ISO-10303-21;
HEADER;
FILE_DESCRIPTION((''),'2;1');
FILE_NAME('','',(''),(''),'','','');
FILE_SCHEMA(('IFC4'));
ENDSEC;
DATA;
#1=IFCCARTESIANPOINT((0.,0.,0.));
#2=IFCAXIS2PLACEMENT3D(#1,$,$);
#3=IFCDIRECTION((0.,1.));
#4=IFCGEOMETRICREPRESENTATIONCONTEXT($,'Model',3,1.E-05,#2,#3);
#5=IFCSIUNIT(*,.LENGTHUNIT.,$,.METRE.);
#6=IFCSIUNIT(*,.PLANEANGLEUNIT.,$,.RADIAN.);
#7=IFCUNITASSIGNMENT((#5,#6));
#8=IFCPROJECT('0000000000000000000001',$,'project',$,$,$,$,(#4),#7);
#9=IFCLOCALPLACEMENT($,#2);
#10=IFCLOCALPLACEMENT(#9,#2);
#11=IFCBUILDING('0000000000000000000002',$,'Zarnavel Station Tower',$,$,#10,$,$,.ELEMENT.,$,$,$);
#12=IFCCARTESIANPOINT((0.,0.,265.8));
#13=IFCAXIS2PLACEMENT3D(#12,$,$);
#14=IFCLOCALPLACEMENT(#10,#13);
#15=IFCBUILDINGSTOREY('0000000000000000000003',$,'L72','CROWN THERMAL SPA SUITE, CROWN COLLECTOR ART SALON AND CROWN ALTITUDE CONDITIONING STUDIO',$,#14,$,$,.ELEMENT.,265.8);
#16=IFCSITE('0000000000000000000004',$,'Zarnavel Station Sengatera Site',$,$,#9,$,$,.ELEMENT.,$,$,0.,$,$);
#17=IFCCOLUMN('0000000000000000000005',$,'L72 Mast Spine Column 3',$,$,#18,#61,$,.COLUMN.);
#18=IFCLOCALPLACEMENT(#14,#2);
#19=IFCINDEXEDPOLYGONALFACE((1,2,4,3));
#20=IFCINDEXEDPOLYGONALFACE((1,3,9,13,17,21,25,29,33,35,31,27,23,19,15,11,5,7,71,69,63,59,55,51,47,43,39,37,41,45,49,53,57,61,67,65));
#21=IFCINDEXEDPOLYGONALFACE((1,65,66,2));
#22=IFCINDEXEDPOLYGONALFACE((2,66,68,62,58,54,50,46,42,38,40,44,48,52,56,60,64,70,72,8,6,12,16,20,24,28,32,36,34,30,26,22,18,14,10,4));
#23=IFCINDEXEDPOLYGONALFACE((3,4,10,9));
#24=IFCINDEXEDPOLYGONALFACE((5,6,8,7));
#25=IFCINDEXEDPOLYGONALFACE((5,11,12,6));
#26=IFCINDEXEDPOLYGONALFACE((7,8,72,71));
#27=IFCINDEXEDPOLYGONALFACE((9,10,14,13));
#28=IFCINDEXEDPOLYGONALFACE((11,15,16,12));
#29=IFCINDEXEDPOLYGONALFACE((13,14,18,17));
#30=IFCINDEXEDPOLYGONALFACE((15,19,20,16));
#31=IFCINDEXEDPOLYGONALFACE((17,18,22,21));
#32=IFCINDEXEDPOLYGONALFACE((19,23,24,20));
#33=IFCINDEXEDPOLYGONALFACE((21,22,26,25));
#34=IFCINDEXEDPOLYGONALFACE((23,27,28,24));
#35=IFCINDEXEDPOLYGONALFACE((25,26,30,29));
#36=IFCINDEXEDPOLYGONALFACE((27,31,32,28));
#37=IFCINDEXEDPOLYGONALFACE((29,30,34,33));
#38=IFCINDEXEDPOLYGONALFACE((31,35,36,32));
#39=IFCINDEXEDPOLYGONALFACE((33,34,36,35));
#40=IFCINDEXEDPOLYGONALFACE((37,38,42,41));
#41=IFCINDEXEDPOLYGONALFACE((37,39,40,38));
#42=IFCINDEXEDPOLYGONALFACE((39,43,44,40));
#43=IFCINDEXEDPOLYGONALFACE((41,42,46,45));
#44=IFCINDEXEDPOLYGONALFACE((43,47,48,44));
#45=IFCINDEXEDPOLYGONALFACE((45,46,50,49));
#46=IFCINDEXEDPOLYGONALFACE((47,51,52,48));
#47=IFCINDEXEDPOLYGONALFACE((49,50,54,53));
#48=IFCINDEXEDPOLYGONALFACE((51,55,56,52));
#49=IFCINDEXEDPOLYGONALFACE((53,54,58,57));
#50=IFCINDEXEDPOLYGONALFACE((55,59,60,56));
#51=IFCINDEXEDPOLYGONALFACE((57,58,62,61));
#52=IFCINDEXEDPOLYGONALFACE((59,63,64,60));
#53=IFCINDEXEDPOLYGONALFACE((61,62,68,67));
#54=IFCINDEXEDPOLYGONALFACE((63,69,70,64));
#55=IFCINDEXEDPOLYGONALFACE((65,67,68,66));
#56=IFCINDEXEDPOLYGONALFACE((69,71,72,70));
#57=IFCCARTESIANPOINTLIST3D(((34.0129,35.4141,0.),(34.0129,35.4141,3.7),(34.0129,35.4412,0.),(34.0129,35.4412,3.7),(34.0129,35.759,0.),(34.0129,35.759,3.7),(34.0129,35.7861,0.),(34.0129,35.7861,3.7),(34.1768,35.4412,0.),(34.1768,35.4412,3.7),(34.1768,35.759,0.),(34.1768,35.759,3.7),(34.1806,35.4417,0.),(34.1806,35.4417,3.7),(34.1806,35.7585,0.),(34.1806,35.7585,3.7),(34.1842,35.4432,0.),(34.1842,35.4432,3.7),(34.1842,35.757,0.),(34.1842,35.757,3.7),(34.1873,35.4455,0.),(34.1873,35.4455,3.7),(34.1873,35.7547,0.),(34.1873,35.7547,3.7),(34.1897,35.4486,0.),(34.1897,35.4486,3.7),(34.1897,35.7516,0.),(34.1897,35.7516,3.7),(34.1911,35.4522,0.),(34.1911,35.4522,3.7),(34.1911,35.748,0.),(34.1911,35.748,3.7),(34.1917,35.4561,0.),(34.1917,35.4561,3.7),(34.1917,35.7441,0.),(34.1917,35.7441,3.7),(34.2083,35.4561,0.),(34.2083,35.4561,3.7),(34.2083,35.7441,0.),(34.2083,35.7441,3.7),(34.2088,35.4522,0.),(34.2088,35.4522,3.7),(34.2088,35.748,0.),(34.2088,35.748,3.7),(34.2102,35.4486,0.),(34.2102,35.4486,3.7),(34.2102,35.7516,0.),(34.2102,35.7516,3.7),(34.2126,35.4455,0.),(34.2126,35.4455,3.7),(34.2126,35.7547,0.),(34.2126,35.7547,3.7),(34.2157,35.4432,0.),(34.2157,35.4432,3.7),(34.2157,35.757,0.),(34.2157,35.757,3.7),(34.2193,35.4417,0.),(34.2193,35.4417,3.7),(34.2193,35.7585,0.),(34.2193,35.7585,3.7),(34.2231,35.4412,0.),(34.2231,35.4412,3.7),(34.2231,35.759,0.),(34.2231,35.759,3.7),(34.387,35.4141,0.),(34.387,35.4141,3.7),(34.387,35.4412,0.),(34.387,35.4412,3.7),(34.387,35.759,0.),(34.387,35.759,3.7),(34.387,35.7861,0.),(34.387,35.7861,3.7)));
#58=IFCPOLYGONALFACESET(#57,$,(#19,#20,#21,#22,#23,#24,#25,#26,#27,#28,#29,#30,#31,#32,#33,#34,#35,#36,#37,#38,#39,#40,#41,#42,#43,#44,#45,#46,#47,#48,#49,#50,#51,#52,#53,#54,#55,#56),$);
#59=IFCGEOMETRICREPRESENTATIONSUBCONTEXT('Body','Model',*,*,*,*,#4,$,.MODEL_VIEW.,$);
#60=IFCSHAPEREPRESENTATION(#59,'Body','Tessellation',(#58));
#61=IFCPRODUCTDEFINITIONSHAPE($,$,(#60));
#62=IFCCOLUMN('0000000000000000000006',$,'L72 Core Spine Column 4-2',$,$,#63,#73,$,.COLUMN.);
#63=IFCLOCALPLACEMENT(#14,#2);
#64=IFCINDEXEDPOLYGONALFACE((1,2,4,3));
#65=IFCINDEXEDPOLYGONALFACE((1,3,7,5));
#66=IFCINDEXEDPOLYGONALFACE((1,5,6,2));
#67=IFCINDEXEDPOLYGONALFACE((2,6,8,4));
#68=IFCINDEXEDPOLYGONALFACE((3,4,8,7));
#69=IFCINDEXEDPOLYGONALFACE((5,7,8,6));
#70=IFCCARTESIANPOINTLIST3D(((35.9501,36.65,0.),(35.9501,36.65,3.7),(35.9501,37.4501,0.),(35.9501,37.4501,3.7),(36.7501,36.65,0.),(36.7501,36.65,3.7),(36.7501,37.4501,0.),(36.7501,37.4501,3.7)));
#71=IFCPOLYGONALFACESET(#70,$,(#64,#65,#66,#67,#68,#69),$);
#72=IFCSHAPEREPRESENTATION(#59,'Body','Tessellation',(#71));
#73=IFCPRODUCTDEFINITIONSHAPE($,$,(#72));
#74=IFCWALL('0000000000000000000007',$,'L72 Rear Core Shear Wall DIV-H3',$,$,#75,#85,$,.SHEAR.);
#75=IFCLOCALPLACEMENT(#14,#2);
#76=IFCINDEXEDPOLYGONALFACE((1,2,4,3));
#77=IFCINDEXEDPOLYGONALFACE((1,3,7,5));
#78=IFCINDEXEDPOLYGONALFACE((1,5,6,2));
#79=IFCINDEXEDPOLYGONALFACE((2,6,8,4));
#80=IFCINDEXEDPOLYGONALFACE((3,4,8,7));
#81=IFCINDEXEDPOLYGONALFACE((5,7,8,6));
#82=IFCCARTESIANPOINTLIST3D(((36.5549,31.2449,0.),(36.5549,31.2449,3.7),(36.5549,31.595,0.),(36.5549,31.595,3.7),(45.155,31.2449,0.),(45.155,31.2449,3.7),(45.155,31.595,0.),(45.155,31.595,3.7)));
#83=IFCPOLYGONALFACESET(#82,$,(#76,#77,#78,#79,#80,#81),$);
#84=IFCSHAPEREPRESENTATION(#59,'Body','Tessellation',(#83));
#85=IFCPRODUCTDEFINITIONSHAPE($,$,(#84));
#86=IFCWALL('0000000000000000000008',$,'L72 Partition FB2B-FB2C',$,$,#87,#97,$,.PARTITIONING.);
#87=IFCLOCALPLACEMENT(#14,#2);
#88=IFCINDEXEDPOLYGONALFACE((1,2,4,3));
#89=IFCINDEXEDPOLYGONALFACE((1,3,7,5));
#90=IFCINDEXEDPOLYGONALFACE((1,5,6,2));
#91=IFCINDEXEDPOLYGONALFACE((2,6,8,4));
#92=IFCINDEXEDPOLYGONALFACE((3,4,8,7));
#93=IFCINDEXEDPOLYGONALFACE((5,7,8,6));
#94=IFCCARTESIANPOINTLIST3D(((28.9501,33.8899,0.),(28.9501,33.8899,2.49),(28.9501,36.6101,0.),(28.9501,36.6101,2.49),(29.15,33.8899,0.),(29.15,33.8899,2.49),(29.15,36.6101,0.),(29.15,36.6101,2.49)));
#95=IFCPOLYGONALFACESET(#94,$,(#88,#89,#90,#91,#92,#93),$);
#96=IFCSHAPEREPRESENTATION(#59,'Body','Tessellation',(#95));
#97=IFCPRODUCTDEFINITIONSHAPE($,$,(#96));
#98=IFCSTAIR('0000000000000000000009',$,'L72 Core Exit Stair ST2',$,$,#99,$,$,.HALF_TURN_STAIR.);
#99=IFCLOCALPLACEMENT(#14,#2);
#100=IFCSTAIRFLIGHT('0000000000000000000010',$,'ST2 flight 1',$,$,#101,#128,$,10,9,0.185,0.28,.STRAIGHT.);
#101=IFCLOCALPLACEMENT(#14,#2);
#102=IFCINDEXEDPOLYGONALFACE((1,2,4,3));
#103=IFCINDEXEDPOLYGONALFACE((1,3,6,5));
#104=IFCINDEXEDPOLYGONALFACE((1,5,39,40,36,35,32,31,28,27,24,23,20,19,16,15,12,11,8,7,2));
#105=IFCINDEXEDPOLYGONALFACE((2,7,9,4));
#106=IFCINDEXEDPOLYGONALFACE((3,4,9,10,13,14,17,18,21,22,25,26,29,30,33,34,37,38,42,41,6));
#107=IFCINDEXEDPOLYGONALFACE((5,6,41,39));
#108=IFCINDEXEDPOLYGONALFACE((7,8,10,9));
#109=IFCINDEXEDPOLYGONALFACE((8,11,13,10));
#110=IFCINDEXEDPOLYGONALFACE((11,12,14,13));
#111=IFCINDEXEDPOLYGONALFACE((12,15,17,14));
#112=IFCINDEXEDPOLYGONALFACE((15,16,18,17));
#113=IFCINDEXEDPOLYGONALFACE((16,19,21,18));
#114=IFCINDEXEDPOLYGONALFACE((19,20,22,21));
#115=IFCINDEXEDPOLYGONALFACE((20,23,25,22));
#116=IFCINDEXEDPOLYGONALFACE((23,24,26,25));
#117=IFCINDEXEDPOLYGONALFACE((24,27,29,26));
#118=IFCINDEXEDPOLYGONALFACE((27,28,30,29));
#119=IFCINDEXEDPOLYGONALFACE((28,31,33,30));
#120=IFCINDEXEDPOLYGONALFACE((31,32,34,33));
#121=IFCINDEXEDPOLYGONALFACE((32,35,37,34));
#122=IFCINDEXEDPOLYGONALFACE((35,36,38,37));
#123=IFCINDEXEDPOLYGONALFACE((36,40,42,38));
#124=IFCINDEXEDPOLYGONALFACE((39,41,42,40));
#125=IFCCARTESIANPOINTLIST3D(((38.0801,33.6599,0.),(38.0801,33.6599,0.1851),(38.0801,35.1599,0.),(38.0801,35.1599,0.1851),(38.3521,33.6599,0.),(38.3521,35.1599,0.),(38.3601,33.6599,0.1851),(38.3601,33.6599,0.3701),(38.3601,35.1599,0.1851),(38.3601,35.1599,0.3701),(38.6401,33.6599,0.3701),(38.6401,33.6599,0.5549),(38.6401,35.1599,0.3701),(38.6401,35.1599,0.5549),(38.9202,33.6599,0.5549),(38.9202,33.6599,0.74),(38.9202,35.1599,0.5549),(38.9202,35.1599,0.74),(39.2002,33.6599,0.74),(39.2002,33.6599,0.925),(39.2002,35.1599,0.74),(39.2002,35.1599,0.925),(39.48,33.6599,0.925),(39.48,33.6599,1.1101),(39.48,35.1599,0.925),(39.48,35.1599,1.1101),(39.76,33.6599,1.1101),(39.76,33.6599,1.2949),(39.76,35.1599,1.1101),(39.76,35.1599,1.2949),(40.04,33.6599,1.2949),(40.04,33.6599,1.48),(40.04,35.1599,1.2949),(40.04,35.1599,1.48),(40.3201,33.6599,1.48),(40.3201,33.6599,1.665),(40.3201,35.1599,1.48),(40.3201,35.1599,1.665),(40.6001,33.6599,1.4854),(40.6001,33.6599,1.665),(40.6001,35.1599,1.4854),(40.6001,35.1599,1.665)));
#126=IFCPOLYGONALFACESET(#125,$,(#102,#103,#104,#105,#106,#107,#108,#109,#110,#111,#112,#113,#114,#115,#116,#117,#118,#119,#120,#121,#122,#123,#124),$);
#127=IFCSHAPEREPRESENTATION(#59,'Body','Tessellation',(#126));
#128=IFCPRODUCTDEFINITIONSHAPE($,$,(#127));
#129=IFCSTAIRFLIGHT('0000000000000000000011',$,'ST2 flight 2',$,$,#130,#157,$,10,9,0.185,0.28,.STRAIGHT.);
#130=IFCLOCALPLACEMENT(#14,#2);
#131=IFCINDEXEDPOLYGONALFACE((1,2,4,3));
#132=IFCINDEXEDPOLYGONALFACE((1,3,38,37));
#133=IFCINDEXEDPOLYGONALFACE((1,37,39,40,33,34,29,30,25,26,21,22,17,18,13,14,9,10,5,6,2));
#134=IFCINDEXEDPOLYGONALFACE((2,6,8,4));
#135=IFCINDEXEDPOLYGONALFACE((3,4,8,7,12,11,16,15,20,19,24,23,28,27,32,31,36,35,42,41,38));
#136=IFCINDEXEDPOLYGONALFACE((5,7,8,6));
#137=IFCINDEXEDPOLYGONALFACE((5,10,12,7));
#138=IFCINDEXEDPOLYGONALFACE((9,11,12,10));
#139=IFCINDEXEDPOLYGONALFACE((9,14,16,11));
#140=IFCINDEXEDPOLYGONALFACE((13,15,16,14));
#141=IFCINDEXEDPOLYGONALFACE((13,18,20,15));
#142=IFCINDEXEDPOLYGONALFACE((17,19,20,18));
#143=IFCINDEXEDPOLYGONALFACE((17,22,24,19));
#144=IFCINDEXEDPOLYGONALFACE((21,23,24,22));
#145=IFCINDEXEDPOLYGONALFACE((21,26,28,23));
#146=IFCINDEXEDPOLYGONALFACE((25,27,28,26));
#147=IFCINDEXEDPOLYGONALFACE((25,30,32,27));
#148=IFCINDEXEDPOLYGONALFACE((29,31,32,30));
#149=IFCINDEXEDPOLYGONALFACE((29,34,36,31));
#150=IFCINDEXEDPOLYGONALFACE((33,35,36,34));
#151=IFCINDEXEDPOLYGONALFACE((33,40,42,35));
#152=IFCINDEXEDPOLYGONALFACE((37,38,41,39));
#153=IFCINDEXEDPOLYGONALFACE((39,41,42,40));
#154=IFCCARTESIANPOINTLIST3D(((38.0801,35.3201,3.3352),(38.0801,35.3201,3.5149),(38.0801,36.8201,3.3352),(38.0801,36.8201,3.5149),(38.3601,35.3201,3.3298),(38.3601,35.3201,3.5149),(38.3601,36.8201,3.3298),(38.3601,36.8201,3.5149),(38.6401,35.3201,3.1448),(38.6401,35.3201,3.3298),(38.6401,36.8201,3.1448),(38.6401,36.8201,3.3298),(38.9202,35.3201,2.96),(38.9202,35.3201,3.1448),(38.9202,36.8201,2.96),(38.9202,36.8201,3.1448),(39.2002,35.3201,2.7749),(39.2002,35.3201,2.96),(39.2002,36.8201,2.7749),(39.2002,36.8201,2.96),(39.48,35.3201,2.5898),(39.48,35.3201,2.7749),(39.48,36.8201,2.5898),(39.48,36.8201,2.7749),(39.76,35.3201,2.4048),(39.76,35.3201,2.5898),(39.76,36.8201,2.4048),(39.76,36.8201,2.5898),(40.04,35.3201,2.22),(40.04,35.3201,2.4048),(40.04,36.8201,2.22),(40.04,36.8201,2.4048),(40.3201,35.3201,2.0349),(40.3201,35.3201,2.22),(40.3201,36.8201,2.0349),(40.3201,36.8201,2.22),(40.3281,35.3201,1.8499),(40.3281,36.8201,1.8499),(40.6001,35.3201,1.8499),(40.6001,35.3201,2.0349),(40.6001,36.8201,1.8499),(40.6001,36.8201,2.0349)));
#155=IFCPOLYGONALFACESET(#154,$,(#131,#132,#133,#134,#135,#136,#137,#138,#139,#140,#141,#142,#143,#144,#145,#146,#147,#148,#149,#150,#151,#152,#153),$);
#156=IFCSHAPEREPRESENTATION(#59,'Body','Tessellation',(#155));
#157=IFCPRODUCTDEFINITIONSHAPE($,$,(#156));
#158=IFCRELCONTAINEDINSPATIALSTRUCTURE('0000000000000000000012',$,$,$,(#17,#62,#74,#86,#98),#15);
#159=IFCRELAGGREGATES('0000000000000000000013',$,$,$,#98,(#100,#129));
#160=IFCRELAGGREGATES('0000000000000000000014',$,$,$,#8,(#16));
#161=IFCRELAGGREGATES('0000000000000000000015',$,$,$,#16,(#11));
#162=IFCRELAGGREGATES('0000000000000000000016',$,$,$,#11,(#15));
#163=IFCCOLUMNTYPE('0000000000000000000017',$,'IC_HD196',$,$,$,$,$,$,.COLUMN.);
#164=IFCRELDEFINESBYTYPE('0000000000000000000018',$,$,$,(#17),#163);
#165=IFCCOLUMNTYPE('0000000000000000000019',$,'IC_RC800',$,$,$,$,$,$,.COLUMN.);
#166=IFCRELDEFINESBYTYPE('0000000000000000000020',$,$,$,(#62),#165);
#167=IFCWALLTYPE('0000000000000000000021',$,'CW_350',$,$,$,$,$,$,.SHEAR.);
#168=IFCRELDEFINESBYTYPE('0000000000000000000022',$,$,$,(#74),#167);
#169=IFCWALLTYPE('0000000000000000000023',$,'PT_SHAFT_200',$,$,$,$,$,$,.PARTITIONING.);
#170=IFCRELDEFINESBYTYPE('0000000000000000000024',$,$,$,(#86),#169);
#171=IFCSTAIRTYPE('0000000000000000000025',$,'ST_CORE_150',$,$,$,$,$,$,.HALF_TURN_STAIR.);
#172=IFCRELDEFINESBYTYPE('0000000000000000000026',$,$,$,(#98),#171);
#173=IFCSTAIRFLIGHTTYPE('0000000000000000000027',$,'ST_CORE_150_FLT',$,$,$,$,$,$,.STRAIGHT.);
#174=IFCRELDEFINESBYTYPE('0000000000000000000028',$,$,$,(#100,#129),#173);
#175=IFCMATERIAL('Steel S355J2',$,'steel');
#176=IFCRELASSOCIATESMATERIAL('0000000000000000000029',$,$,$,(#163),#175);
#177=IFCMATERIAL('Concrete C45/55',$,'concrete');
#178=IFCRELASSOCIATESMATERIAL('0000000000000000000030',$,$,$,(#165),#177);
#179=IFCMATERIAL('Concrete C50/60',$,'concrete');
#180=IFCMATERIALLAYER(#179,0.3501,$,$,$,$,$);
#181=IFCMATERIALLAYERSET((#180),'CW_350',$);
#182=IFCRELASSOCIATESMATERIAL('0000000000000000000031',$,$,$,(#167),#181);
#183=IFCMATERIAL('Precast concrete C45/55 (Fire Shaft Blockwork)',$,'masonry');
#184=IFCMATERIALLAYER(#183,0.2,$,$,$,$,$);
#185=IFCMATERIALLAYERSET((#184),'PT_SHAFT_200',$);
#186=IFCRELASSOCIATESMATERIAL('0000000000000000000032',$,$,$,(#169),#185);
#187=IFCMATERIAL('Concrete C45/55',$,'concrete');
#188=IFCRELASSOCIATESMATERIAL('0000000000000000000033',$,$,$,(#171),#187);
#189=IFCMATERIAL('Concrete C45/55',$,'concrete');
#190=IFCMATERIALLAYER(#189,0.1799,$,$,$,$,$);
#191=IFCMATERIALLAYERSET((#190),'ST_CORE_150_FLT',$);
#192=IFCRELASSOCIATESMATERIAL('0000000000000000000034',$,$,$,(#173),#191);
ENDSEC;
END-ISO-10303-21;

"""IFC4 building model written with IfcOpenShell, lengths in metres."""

from ifc_helpers import new_model, si_unit, direction, frame, frame_2d, origin, origin_2d, place, context, subcontext, project, spatial, polyline, rectangle, i_section, outline, extrude, material, layer, layer_set, material_profile, profile_set, type_object, element, aggregate, save


model = new_model("IFC4")

# Units and contexts
model_context = context("Model", 3, precision=1e-05, world=origin(), true_north=direction((0.0, 1.0)))
body_context = subcontext(model_context, "Body", "Model", "MODEL_VIEW")
ifc_project = project(units=[si_unit("LENGTHUNIT", "METRE"), si_unit("PLANEANGLEUNIT", "RADIAN")], contexts=[model_context])

# Site, building, storey
site_placement = place(None, origin())
site = spatial("IfcSite", under=ifc_project, at=site_placement, Name="Zarnavel Station Sengatera Site", CompositionType="ELEMENT", RefElevation=0.0)
building_placement = place(site_placement, origin())
building = spatial("IfcBuilding", under=site, at=building_placement, Name="Zarnavel Station Tower", CompositionType="ELEMENT")
storey_placement = place(building_placement, frame((0.0, 0.0, 265.8)))
storey = spatial("IfcBuildingStorey", under=building, at=storey_placement, Name="L72", Description="CROWN THERMAL SPA SUITE, CROWN COLLECTOR ART SALON AND CROWN ALTITUDE CONDITIONING STUDIO", CompositionType="ELEMENT", Elevation=265.8)

# Columns
ifc_material_1 = material(Name="Steel S355J2", Category="steel")
ifc_material_profile_1 = material_profile(ifc_material_1, i_section(OverallWidth=0.374, OverallDepth=0.3721, WebThickness=0.0166, FlangeThickness=0.0271, FilletRadius=0.0149, at=origin_2d()), Name="HD360x196")
ifc_profile_set_1 = profile_set([ifc_material_profile_1], Name="Steel S355J2")
column_type_1 = type_object("IfcColumnType", Name="IC_HD196", PredefinedType="COLUMN", material=ifc_profile_set_1)
column_1_placement = place(storey_placement, frame((34.2, 35.6001, 0.0), z_axis=(0.0, 0.0, 1.0), x_axis=(1.0, 0.0, 0.0)))
element("IfcColumn", 1, at=column_1_placement, inside=storey, type_object=column_type_1, Name="L72 Mast Spine Column 3", PredefinedType="COLUMN", context=body_context, shape_type="SweptSolid", body=[
    extrude(i_section(OverallWidth=0.374, OverallDepth=0.3721, WebThickness=0.0166, FlangeThickness=0.0271, FilletRadius=0.0149, at=origin_2d()), origin(), (0.0, 0.0, 1.0), 3.7),
])
ifc_material_2 = material(Name="Concrete C45/55", Category="concrete")
ifc_material_profile_2 = material_profile(ifc_material_2, rectangle(XDim=0.8, YDim=0.8, at=origin_2d()), Name="RC800x800")
ifc_profile_set_2 = profile_set([ifc_material_profile_2], Name="Concrete C45/55")
column_type_2 = type_object("IfcColumnType", Name="IC_RC800", PredefinedType="COLUMN", material=ifc_profile_set_2)
column_2_placement = place(storey_placement, frame((36.3501, 37.05, 0.0), z_axis=(0.0, 0.0, 1.0), x_axis=(1.0, 0.0, 0.0)))
element("IfcColumn", 2, at=column_2_placement, inside=storey, type_object=column_type_2, Name="L72 Core Spine Column 4-2", PredefinedType="COLUMN", context=body_context, shape_type="SweptSolid", body=[
    extrude(rectangle(XDim=0.8, YDim=0.8, at=origin_2d()), origin(), (0.0, 0.0, 1.0), 3.7),
])

# Wall
ifc_material_3 = material(Name="Concrete C50/60", Category="concrete")
ifc_layer_1 = layer(ifc_material_3, 0.3501)
ifc_layer_set_1 = layer_set([ifc_layer_1], Name="CW_350")
wall_type_1 = type_object("IfcWallType", Name="CW_350", PredefinedType="SHEAR", material=ifc_layer_set_1)
wall_1_placement = place(storey_placement, frame((36.5549, 31.4199, 0.0), z_axis=(0.0, 0.0, 1.0), x_axis=(1.0, 0.0, 0.0)))
element("IfcWall", 3, at=wall_1_placement, inside=storey, type_object=wall_type_1, Name="L72 Rear Core Shear Wall DIV-H3", PredefinedType="SHEAR", context=body_context, shape_type="SweptSolid", body=[
    extrude(rectangle(XDim=8.6001, YDim=0.3501, at=frame_2d((4.3, 0.0))), origin(), (0.0, 0.0, 1.0), 3.7),
])

# Shared definitions
ifc_material_4 = material(Name="Precast concrete C45/55 (Fire Shaft Blockwork)", Category="masonry")
ifc_layer_2 = layer(ifc_material_4, 0.2)
ifc_layer_set_2 = layer_set([ifc_layer_2], Name="PT_SHAFT_200")
wall_type_2 = type_object("IfcWallType", Name="PT_SHAFT_200", PredefinedType="PARTITIONING", material=ifc_layer_set_2)

# Wall
wall_2_placement = place(storey_placement, frame((29.05, 33.8899, 0.0), z_axis=(0.0, 0.0, 1.0), x_axis=(0.0, 1.0, 0.0)))
element("IfcWall", 4, at=wall_2_placement, inside=storey, type_object=wall_type_2, Name="L72 Partition FB2B-FB2C", PredefinedType="PARTITIONING", context=body_context, shape_type="SweptSolid", body=[
    extrude(rectangle(XDim=2.7202, YDim=0.2, at=frame_2d((1.3601, 0.0))), origin(), (0.0, 0.0, 1.0), 2.49),
])

# Stair, stair flights
ifc_material_5 = material(Name="Concrete C45/55", Category="concrete")
stair_type = type_object("IfcStairType", Name="ST_CORE_150", PredefinedType="HALF_TURN_STAIR", material=ifc_material_5)
stair_placement = place(storey_placement, origin())
stair = element("IfcStair", 5, at=stair_placement, inside=storey, type_object=stair_type, Name="L72 Core Exit Stair ST2", PredefinedType="HALF_TURN_STAIR")
ifc_material_6 = material(Name="Concrete C45/55", Category="concrete")
ifc_layer_3 = layer(ifc_material_6, 0.1799)
ifc_layer_set_3 = layer_set([ifc_layer_3], Name="ST_CORE_150_FLT")
stair_flight_type = type_object("IfcStairFlightType", Name="ST_CORE_150_FLT", PredefinedType="STRAIGHT", material=ifc_layer_set_3)
stair_flight_1_placement = place(storey_placement, frame((38.0801, 34.4099, 0.0), z_axis=(0.0, 0.0, 1.0), x_axis=(1.0, 0.0, 0.0)))
stair_flight_1 = element("IfcStairFlight", 6, at=stair_flight_1_placement, type_object=stair_flight_type, Name="ST2 flight 1", NumberOfRisers=10, NumberOfTreads=9, PredefinedType="STRAIGHT", RiserHeight=0.185, TreadLength=0.28, context=body_context, shape_type="SweptSolid", body=[
    extrude(outline(polyline([(0.0, 0.0), (0.0, 0.1851), (0.28, 0.1851), (0.28, 0.3701), (0.5601, 0.3701), (0.5601, 0.5549), (0.8401, 0.5549), (0.8401, 0.74), (1.1201, 0.74), (1.1201, 0.925), (1.3999, 0.925), (1.3999, 1.1101), (1.6799, 1.1101), (1.6799, 1.2949), (1.96, 1.2949), (1.96, 1.48), (2.24, 1.48), (2.24, 1.665), (2.52, 1.665), (2.52, 1.8501), (2.52, 1.4854), (0.272, 0.0), (0.0, 0.0)])), frame((0.0, 0.75, 0.0), z_axis=(0.0, -1.0, 0.0), x_axis=(1.0, 0.0, 0.0)), (0.0, 0.0, 1.0), 1.5),
])
stair_flight_2_placement = place(storey_placement, frame((40.6001, 36.0701, 1.8499), z_axis=(0.0, 0.0, 1.0), x_axis=(-1.0, 0.0, 0.0)))
stair_flight_2 = element("IfcStairFlight", 7, at=stair_flight_2_placement, type_object=stair_flight_type, Name="ST2 flight 2", NumberOfRisers=10, NumberOfTreads=9, PredefinedType="STRAIGHT", RiserHeight=0.185, TreadLength=0.28, context=body_context, shape_type="SweptSolid", body=[
    extrude(outline(polyline([(0.0, 0.0), (0.0, 0.1851), (0.28, 0.1851), (0.28, 0.3701), (0.5601, 0.3701), (0.5601, 0.5549), (0.8401, 0.5549), (0.8401, 0.74), (1.1201, 0.74), (1.1201, 0.925), (1.3999, 0.925), (1.3999, 1.1101), (1.6799, 1.1101), (1.6799, 1.2949), (1.96, 1.2949), (1.96, 1.48), (2.24, 1.48), (2.24, 1.665), (2.52, 1.665), (2.52, 1.8501), (2.52, 1.4854), (0.272, 0.0), (0.0, 0.0)])), frame((0.0, 0.75, 0.0), z_axis=(0.0, -1.0, 0.0), x_axis=(1.0, 0.0, 0.0)), (0.0, 0.0, 1.0), 1.5),
])
aggregate(stair, [stair_flight_1, stair_flight_2])

save(model, "model.ifc")
